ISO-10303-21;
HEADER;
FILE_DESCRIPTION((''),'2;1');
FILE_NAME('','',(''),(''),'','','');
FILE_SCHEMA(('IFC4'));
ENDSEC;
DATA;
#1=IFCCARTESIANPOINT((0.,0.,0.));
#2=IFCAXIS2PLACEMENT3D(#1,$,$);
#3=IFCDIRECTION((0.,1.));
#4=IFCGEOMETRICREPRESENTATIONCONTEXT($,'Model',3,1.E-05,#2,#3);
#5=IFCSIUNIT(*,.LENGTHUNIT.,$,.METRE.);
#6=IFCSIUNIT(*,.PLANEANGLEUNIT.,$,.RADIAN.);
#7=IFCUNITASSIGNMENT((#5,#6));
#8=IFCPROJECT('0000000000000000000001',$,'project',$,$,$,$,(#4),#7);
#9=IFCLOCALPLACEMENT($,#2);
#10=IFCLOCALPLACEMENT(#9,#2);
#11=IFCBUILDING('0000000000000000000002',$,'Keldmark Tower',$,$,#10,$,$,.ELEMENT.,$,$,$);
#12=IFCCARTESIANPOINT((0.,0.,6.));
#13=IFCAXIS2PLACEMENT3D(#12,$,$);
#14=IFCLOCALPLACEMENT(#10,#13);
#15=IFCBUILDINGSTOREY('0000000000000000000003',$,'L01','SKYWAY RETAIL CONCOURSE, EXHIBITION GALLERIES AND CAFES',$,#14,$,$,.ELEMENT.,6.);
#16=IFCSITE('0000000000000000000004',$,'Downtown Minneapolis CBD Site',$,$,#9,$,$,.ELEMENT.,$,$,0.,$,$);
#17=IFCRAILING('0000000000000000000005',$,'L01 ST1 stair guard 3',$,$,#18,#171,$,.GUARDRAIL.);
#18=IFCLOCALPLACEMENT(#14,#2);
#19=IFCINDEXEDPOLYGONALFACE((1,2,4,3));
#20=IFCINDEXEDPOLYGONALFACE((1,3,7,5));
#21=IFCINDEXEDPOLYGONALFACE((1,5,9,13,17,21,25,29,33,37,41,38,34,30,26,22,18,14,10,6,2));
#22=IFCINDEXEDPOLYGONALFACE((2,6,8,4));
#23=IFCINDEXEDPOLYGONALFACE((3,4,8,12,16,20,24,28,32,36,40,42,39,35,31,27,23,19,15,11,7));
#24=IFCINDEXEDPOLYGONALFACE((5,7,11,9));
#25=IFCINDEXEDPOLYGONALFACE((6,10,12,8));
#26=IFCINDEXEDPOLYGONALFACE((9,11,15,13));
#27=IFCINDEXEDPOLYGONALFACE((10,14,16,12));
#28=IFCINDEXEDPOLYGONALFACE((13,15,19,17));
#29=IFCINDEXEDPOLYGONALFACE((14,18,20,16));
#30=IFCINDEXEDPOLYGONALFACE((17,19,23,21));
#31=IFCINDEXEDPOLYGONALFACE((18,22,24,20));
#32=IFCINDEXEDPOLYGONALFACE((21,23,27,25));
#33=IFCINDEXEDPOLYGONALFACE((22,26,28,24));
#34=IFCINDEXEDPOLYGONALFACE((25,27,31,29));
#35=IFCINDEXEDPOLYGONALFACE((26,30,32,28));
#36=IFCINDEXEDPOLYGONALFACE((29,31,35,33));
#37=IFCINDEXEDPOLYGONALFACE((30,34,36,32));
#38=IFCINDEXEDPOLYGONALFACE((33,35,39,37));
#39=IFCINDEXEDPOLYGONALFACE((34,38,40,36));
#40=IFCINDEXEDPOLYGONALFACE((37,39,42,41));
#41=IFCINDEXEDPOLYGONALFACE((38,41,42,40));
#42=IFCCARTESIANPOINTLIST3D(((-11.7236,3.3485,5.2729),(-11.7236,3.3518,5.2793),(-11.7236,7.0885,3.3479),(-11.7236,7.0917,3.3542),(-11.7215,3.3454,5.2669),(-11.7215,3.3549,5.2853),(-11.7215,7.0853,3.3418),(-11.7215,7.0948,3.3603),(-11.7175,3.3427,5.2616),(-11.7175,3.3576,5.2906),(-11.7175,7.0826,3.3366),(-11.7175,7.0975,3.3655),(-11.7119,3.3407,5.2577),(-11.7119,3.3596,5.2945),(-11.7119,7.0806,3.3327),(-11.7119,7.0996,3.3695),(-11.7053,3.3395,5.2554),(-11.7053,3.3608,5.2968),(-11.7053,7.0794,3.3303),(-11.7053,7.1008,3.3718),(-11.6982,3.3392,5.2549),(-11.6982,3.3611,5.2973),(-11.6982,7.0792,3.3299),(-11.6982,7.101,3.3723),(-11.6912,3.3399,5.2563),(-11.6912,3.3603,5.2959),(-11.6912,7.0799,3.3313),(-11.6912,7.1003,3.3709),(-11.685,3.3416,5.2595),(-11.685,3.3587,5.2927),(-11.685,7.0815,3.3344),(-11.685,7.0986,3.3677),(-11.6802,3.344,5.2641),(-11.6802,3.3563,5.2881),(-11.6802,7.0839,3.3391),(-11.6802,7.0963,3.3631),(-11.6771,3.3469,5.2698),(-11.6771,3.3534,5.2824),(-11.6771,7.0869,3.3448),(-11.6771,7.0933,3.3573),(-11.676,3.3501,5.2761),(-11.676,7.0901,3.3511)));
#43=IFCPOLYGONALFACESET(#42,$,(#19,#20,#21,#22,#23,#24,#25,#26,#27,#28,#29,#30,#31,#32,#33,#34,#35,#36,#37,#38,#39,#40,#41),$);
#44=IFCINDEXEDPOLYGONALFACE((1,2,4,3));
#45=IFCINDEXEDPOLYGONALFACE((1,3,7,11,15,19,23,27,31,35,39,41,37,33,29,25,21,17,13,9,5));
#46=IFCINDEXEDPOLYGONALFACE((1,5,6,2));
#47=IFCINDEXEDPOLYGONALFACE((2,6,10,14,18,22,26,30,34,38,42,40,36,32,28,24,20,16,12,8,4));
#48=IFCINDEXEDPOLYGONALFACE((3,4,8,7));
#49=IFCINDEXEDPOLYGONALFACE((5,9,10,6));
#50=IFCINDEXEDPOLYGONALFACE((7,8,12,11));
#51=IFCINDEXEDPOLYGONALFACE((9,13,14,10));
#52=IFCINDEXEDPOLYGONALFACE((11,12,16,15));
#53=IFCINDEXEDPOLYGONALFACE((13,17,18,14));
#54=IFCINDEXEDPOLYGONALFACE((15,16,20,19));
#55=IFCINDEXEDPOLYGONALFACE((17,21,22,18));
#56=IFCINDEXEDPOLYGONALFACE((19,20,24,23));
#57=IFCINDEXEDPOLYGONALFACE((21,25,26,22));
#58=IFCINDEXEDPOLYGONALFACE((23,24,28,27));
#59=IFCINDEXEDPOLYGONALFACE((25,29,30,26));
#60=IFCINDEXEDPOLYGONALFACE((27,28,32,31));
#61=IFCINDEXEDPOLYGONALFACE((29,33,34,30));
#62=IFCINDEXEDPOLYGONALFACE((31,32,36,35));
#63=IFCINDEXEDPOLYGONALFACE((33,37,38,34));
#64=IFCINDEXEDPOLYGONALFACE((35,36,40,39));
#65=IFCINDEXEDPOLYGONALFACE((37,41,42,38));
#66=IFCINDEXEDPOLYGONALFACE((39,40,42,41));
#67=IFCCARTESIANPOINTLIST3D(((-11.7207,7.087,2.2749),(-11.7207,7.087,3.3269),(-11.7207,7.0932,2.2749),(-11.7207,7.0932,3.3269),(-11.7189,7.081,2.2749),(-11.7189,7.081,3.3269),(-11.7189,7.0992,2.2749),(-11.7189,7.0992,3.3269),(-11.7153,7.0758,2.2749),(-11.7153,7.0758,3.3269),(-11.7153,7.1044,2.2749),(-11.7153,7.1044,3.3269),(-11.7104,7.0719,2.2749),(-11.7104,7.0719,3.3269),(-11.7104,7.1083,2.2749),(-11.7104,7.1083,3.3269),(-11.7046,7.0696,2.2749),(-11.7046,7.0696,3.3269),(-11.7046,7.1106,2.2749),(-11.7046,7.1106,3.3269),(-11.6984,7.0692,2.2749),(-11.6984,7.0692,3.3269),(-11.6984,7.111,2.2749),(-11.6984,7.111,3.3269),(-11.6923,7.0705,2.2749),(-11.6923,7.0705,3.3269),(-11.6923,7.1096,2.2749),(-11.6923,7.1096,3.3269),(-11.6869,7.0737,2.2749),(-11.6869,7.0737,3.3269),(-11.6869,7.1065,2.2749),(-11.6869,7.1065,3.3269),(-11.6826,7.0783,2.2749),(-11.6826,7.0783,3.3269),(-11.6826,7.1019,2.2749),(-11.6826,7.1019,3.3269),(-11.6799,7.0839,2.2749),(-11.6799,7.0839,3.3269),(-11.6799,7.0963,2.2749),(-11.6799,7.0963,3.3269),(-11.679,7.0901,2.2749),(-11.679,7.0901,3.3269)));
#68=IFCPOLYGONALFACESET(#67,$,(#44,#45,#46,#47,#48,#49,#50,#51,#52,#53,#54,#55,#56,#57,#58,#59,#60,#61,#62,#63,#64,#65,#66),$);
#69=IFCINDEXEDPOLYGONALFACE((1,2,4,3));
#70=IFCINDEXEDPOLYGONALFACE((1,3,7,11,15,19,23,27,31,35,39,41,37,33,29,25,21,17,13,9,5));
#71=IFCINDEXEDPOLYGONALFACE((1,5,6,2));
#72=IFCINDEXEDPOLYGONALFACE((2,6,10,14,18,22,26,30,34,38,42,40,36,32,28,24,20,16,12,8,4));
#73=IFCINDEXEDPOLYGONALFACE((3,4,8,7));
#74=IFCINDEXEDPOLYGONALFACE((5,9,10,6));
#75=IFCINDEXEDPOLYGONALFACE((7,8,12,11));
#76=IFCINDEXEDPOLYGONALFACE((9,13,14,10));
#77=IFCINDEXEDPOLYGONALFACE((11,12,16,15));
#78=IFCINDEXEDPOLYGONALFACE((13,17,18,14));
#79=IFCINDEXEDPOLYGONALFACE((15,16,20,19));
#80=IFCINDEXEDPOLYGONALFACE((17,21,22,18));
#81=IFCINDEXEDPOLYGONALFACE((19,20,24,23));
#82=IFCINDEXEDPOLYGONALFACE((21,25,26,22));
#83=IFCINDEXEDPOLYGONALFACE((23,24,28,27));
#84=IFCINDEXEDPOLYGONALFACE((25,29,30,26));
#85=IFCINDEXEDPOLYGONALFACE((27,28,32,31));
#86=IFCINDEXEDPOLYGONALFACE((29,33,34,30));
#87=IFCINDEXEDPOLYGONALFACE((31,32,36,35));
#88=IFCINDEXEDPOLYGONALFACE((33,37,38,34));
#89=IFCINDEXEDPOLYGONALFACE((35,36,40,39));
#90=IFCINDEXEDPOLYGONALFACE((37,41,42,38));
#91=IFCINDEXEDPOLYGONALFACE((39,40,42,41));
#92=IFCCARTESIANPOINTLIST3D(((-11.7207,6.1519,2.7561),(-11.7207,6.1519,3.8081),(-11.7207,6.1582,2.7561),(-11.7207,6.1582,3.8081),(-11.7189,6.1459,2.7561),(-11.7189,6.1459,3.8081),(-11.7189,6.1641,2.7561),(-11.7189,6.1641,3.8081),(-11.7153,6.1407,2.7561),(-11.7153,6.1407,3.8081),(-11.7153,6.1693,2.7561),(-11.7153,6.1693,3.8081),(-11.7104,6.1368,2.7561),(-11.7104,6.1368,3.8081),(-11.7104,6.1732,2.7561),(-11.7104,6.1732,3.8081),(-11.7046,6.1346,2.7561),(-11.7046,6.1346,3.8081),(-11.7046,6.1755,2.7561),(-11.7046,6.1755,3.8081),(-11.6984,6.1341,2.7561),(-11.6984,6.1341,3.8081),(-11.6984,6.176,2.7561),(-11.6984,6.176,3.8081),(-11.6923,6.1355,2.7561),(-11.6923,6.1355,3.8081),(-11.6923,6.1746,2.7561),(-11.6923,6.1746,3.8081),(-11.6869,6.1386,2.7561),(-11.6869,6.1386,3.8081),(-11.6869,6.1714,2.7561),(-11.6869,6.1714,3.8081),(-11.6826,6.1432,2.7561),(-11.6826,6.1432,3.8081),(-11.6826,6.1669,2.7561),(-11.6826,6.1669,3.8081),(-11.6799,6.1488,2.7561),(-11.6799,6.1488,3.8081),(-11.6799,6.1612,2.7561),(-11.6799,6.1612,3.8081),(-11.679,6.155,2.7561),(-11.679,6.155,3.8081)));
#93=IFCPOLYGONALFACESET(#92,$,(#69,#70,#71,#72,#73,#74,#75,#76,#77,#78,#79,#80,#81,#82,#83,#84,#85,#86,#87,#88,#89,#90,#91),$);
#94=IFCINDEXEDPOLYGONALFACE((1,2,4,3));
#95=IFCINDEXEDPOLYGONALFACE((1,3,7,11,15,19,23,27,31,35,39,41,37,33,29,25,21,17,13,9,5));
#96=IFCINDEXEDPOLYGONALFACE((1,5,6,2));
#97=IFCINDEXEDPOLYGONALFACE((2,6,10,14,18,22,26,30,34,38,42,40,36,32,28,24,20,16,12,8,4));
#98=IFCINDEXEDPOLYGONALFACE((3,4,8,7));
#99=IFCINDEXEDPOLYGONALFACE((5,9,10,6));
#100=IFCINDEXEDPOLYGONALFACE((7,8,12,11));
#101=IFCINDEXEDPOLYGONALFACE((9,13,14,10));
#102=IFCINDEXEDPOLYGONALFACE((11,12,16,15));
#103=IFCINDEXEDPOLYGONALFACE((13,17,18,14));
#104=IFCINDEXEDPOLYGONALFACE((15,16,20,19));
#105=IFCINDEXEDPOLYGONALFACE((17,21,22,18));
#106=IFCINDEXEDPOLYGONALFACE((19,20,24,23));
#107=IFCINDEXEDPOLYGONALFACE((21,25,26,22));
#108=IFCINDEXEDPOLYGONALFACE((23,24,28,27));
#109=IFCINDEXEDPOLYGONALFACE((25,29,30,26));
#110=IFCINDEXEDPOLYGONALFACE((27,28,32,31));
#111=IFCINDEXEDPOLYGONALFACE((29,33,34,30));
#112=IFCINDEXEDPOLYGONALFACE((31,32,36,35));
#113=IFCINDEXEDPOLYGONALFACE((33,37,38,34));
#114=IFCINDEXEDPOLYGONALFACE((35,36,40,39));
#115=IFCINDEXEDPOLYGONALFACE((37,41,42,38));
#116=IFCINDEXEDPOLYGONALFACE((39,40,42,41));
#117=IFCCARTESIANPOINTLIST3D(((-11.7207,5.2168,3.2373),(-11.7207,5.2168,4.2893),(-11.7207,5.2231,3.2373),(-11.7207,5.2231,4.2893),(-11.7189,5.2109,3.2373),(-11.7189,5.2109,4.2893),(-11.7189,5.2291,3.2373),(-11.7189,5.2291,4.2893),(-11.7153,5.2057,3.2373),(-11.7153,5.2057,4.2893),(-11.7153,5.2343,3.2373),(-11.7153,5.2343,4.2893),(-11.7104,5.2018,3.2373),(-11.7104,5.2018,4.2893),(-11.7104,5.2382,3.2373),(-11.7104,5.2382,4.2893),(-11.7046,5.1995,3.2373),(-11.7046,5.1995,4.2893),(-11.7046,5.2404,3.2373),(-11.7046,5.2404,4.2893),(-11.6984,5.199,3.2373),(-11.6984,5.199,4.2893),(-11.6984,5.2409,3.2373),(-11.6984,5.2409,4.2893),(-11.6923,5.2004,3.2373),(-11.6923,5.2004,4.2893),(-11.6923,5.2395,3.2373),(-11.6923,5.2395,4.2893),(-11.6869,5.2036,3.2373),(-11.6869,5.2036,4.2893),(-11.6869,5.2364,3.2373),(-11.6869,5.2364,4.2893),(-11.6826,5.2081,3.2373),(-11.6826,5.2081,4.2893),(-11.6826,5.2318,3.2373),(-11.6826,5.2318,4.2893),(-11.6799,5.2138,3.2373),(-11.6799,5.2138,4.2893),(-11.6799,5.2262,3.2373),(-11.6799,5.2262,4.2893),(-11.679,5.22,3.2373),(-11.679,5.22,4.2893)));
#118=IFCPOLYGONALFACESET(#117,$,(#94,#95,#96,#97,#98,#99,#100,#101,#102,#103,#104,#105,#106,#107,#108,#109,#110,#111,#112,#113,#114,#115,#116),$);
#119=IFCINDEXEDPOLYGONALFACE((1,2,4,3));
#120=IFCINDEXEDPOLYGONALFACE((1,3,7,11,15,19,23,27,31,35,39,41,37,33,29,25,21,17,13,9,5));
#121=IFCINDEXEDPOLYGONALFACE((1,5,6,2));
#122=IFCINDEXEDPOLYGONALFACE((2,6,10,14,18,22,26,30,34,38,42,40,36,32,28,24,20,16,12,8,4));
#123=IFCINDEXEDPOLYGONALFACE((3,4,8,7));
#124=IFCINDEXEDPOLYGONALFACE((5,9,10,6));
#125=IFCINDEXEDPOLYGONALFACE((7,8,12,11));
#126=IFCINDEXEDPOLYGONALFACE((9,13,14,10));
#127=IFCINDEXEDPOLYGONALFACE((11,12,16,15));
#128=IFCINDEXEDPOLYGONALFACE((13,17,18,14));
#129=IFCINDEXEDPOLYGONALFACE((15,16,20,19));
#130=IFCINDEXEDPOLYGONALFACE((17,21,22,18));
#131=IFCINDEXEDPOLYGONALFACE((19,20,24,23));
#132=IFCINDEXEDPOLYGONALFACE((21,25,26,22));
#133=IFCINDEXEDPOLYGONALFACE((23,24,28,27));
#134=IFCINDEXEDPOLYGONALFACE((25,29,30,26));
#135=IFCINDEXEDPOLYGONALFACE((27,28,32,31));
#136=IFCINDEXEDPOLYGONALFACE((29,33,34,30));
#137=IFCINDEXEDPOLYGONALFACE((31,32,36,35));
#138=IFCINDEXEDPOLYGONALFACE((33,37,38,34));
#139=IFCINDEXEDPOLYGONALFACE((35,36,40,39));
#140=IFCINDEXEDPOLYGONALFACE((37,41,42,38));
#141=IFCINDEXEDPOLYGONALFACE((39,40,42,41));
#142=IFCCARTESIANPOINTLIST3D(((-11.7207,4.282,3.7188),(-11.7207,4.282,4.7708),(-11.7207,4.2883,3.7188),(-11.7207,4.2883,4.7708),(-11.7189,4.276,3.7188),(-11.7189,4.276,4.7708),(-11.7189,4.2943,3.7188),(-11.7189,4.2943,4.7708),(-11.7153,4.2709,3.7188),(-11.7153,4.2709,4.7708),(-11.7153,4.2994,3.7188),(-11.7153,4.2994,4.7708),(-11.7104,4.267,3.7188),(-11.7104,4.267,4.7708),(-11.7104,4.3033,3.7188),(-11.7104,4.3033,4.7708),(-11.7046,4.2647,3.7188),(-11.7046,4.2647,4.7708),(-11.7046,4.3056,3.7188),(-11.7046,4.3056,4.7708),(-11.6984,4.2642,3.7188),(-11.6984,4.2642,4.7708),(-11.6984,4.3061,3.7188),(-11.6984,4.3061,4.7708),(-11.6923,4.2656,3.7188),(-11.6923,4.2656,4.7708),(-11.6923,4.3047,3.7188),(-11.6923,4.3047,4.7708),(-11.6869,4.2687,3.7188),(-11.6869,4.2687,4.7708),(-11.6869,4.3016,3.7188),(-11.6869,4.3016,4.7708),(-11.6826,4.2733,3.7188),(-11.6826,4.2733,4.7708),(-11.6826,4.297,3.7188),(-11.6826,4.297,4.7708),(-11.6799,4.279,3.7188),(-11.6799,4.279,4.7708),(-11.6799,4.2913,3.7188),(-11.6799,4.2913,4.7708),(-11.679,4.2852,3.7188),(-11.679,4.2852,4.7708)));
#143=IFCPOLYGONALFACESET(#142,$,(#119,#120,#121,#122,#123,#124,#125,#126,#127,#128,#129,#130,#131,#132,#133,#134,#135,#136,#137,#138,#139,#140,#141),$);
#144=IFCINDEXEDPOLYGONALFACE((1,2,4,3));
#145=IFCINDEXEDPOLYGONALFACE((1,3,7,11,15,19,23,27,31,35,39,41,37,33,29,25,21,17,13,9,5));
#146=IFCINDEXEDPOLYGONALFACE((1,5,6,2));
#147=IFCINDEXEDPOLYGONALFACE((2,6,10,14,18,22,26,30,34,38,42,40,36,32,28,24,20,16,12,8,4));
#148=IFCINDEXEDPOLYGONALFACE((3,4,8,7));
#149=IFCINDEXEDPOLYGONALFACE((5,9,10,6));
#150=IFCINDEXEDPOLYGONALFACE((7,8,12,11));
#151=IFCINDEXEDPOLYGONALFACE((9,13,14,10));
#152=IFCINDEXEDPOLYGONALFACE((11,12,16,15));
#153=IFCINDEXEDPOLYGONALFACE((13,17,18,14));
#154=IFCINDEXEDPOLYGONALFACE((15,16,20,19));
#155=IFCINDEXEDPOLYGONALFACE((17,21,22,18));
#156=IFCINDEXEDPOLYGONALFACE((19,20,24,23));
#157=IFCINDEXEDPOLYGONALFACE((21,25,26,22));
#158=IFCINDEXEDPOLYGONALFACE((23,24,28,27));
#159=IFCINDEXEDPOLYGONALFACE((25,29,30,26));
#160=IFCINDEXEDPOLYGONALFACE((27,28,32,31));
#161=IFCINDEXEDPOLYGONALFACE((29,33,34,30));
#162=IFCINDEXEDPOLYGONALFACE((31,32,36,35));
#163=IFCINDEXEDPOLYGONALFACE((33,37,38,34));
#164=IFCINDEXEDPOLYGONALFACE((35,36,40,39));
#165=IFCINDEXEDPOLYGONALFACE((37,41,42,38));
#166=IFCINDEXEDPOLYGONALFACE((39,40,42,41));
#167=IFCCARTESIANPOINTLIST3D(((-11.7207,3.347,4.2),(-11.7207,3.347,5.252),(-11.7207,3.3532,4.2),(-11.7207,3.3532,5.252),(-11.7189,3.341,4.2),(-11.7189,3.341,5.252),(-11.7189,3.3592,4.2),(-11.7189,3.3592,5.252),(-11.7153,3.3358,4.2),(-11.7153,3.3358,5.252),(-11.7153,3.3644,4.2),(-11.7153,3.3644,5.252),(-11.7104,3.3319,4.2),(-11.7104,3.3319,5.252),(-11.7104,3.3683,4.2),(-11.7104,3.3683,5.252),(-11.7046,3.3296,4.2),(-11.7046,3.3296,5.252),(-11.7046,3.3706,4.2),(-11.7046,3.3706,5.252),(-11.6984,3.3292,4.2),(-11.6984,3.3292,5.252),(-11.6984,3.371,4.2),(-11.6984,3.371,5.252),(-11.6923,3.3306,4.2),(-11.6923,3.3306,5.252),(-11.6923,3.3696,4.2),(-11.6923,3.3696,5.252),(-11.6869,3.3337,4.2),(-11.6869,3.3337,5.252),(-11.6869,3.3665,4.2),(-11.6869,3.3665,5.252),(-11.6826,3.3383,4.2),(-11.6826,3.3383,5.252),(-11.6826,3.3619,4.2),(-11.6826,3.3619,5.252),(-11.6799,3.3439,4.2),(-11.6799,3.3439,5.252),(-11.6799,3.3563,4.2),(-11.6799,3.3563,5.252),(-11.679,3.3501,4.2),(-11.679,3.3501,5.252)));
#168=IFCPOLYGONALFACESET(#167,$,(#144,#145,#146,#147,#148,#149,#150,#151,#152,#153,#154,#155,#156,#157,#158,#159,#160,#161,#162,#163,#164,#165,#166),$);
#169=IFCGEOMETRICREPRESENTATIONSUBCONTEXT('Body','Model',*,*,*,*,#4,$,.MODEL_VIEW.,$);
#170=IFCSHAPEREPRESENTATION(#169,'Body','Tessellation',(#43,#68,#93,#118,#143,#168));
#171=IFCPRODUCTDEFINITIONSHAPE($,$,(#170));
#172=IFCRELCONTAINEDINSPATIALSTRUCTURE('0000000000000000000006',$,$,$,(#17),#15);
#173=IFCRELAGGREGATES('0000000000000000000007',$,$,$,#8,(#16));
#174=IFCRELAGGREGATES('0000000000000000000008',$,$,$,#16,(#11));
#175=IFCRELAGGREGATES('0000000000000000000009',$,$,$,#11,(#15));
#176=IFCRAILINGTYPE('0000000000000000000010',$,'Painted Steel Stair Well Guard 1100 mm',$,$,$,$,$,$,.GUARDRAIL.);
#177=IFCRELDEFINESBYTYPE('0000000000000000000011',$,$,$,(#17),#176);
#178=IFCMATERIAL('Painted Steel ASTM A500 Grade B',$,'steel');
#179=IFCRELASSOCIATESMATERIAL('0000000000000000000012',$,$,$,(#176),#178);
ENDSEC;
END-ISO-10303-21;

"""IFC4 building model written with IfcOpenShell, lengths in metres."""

from ifc_helpers import new_model, si_unit, direction, frame, origin, origin_2d, place, context, subcontext, project, spatial, circle, extrude, material, type_object, element, save


model = new_model("IFC4")

# Units and contexts
model_context = context("Model", 3, precision=1e-05, world=origin(), true_north=direction((0.0, 1.0)))
body_context = subcontext(model_context, "Body", "Model", "MODEL_VIEW")
ifc_project = project(units=[si_unit("LENGTHUNIT", "METRE"), si_unit("PLANEANGLEUNIT", "RADIAN")], contexts=[model_context])

# Site, building, storey
site_placement = place(None, origin())
site = spatial("IfcSite", under=ifc_project, at=site_placement, Name="Downtown Minneapolis CBD Site", CompositionType="ELEMENT", RefElevation=0.0)
building_placement = place(site_placement, origin())
building = spatial("IfcBuilding", under=site, at=building_placement, Name="Keldmark Tower", CompositionType="ELEMENT")
storey_placement = place(building_placement, frame((0.0, 0.0, 6.0)))
storey = spatial("IfcBuildingStorey", under=building, at=storey_placement, Name="L01", Description="SKYWAY RETAIL CONCOURSE, EXHIBITION GALLERIES AND CAFES", CompositionType="ELEMENT", Elevation=6.0)

# Railing
ifc_material_1 = material(Name="Painted Steel ASTM A500 Grade B", Category="steel")
railing_type_1 = type_object("IfcRailingType", Name="Painted Steel Stair Well Guard 1100 mm", PredefinedType="GUARDRAIL", material=ifc_material_1)
railing_1_placement = place(storey_placement, frame((-11.7, 7.0901, 2.2749)))
element("IfcRailing", 1, at=railing_1_placement, inside=storey, type_object=railing_type_1, Name="L01 ST1 stair guard 3", PredefinedType="GUARDRAIL", context=body_context, shape_type="SweptSolid", body=[
    extrude(circle(Radius=0.0239, at=origin_2d()), frame((0.0, 0.0, 1.0762), z_axis=(0.0, -0.889131, 0.457654), x_axis=(1.0, 0.0, 0.0)), (0.0, 0.0, 1.0), 4.2063),
    extrude(circle(Radius=0.021, at=origin_2d()), origin(), (0.0, 0.0, 1.0), 1.052),
    extrude(circle(Radius=0.021, at=origin_2d()), frame((0.0, -0.9351, 0.4812)), (0.0, 0.0, 1.0), 1.052),
    extrude(circle(Radius=0.021, at=origin_2d()), frame((0.0, -1.8701, 0.9624)), (0.0, 0.0, 1.0), 1.052),
    extrude(circle(Radius=0.021, at=origin_2d()), frame((0.0, -2.8049, 1.4438)), (0.0, 0.0, 1.0), 1.052),
    extrude(circle(Radius=0.021, at=origin_2d()), frame((0.0, -3.74, 1.925)), (0.0, 0.0, 1.0), 1.052),
])

save(model, "model.ifc")
